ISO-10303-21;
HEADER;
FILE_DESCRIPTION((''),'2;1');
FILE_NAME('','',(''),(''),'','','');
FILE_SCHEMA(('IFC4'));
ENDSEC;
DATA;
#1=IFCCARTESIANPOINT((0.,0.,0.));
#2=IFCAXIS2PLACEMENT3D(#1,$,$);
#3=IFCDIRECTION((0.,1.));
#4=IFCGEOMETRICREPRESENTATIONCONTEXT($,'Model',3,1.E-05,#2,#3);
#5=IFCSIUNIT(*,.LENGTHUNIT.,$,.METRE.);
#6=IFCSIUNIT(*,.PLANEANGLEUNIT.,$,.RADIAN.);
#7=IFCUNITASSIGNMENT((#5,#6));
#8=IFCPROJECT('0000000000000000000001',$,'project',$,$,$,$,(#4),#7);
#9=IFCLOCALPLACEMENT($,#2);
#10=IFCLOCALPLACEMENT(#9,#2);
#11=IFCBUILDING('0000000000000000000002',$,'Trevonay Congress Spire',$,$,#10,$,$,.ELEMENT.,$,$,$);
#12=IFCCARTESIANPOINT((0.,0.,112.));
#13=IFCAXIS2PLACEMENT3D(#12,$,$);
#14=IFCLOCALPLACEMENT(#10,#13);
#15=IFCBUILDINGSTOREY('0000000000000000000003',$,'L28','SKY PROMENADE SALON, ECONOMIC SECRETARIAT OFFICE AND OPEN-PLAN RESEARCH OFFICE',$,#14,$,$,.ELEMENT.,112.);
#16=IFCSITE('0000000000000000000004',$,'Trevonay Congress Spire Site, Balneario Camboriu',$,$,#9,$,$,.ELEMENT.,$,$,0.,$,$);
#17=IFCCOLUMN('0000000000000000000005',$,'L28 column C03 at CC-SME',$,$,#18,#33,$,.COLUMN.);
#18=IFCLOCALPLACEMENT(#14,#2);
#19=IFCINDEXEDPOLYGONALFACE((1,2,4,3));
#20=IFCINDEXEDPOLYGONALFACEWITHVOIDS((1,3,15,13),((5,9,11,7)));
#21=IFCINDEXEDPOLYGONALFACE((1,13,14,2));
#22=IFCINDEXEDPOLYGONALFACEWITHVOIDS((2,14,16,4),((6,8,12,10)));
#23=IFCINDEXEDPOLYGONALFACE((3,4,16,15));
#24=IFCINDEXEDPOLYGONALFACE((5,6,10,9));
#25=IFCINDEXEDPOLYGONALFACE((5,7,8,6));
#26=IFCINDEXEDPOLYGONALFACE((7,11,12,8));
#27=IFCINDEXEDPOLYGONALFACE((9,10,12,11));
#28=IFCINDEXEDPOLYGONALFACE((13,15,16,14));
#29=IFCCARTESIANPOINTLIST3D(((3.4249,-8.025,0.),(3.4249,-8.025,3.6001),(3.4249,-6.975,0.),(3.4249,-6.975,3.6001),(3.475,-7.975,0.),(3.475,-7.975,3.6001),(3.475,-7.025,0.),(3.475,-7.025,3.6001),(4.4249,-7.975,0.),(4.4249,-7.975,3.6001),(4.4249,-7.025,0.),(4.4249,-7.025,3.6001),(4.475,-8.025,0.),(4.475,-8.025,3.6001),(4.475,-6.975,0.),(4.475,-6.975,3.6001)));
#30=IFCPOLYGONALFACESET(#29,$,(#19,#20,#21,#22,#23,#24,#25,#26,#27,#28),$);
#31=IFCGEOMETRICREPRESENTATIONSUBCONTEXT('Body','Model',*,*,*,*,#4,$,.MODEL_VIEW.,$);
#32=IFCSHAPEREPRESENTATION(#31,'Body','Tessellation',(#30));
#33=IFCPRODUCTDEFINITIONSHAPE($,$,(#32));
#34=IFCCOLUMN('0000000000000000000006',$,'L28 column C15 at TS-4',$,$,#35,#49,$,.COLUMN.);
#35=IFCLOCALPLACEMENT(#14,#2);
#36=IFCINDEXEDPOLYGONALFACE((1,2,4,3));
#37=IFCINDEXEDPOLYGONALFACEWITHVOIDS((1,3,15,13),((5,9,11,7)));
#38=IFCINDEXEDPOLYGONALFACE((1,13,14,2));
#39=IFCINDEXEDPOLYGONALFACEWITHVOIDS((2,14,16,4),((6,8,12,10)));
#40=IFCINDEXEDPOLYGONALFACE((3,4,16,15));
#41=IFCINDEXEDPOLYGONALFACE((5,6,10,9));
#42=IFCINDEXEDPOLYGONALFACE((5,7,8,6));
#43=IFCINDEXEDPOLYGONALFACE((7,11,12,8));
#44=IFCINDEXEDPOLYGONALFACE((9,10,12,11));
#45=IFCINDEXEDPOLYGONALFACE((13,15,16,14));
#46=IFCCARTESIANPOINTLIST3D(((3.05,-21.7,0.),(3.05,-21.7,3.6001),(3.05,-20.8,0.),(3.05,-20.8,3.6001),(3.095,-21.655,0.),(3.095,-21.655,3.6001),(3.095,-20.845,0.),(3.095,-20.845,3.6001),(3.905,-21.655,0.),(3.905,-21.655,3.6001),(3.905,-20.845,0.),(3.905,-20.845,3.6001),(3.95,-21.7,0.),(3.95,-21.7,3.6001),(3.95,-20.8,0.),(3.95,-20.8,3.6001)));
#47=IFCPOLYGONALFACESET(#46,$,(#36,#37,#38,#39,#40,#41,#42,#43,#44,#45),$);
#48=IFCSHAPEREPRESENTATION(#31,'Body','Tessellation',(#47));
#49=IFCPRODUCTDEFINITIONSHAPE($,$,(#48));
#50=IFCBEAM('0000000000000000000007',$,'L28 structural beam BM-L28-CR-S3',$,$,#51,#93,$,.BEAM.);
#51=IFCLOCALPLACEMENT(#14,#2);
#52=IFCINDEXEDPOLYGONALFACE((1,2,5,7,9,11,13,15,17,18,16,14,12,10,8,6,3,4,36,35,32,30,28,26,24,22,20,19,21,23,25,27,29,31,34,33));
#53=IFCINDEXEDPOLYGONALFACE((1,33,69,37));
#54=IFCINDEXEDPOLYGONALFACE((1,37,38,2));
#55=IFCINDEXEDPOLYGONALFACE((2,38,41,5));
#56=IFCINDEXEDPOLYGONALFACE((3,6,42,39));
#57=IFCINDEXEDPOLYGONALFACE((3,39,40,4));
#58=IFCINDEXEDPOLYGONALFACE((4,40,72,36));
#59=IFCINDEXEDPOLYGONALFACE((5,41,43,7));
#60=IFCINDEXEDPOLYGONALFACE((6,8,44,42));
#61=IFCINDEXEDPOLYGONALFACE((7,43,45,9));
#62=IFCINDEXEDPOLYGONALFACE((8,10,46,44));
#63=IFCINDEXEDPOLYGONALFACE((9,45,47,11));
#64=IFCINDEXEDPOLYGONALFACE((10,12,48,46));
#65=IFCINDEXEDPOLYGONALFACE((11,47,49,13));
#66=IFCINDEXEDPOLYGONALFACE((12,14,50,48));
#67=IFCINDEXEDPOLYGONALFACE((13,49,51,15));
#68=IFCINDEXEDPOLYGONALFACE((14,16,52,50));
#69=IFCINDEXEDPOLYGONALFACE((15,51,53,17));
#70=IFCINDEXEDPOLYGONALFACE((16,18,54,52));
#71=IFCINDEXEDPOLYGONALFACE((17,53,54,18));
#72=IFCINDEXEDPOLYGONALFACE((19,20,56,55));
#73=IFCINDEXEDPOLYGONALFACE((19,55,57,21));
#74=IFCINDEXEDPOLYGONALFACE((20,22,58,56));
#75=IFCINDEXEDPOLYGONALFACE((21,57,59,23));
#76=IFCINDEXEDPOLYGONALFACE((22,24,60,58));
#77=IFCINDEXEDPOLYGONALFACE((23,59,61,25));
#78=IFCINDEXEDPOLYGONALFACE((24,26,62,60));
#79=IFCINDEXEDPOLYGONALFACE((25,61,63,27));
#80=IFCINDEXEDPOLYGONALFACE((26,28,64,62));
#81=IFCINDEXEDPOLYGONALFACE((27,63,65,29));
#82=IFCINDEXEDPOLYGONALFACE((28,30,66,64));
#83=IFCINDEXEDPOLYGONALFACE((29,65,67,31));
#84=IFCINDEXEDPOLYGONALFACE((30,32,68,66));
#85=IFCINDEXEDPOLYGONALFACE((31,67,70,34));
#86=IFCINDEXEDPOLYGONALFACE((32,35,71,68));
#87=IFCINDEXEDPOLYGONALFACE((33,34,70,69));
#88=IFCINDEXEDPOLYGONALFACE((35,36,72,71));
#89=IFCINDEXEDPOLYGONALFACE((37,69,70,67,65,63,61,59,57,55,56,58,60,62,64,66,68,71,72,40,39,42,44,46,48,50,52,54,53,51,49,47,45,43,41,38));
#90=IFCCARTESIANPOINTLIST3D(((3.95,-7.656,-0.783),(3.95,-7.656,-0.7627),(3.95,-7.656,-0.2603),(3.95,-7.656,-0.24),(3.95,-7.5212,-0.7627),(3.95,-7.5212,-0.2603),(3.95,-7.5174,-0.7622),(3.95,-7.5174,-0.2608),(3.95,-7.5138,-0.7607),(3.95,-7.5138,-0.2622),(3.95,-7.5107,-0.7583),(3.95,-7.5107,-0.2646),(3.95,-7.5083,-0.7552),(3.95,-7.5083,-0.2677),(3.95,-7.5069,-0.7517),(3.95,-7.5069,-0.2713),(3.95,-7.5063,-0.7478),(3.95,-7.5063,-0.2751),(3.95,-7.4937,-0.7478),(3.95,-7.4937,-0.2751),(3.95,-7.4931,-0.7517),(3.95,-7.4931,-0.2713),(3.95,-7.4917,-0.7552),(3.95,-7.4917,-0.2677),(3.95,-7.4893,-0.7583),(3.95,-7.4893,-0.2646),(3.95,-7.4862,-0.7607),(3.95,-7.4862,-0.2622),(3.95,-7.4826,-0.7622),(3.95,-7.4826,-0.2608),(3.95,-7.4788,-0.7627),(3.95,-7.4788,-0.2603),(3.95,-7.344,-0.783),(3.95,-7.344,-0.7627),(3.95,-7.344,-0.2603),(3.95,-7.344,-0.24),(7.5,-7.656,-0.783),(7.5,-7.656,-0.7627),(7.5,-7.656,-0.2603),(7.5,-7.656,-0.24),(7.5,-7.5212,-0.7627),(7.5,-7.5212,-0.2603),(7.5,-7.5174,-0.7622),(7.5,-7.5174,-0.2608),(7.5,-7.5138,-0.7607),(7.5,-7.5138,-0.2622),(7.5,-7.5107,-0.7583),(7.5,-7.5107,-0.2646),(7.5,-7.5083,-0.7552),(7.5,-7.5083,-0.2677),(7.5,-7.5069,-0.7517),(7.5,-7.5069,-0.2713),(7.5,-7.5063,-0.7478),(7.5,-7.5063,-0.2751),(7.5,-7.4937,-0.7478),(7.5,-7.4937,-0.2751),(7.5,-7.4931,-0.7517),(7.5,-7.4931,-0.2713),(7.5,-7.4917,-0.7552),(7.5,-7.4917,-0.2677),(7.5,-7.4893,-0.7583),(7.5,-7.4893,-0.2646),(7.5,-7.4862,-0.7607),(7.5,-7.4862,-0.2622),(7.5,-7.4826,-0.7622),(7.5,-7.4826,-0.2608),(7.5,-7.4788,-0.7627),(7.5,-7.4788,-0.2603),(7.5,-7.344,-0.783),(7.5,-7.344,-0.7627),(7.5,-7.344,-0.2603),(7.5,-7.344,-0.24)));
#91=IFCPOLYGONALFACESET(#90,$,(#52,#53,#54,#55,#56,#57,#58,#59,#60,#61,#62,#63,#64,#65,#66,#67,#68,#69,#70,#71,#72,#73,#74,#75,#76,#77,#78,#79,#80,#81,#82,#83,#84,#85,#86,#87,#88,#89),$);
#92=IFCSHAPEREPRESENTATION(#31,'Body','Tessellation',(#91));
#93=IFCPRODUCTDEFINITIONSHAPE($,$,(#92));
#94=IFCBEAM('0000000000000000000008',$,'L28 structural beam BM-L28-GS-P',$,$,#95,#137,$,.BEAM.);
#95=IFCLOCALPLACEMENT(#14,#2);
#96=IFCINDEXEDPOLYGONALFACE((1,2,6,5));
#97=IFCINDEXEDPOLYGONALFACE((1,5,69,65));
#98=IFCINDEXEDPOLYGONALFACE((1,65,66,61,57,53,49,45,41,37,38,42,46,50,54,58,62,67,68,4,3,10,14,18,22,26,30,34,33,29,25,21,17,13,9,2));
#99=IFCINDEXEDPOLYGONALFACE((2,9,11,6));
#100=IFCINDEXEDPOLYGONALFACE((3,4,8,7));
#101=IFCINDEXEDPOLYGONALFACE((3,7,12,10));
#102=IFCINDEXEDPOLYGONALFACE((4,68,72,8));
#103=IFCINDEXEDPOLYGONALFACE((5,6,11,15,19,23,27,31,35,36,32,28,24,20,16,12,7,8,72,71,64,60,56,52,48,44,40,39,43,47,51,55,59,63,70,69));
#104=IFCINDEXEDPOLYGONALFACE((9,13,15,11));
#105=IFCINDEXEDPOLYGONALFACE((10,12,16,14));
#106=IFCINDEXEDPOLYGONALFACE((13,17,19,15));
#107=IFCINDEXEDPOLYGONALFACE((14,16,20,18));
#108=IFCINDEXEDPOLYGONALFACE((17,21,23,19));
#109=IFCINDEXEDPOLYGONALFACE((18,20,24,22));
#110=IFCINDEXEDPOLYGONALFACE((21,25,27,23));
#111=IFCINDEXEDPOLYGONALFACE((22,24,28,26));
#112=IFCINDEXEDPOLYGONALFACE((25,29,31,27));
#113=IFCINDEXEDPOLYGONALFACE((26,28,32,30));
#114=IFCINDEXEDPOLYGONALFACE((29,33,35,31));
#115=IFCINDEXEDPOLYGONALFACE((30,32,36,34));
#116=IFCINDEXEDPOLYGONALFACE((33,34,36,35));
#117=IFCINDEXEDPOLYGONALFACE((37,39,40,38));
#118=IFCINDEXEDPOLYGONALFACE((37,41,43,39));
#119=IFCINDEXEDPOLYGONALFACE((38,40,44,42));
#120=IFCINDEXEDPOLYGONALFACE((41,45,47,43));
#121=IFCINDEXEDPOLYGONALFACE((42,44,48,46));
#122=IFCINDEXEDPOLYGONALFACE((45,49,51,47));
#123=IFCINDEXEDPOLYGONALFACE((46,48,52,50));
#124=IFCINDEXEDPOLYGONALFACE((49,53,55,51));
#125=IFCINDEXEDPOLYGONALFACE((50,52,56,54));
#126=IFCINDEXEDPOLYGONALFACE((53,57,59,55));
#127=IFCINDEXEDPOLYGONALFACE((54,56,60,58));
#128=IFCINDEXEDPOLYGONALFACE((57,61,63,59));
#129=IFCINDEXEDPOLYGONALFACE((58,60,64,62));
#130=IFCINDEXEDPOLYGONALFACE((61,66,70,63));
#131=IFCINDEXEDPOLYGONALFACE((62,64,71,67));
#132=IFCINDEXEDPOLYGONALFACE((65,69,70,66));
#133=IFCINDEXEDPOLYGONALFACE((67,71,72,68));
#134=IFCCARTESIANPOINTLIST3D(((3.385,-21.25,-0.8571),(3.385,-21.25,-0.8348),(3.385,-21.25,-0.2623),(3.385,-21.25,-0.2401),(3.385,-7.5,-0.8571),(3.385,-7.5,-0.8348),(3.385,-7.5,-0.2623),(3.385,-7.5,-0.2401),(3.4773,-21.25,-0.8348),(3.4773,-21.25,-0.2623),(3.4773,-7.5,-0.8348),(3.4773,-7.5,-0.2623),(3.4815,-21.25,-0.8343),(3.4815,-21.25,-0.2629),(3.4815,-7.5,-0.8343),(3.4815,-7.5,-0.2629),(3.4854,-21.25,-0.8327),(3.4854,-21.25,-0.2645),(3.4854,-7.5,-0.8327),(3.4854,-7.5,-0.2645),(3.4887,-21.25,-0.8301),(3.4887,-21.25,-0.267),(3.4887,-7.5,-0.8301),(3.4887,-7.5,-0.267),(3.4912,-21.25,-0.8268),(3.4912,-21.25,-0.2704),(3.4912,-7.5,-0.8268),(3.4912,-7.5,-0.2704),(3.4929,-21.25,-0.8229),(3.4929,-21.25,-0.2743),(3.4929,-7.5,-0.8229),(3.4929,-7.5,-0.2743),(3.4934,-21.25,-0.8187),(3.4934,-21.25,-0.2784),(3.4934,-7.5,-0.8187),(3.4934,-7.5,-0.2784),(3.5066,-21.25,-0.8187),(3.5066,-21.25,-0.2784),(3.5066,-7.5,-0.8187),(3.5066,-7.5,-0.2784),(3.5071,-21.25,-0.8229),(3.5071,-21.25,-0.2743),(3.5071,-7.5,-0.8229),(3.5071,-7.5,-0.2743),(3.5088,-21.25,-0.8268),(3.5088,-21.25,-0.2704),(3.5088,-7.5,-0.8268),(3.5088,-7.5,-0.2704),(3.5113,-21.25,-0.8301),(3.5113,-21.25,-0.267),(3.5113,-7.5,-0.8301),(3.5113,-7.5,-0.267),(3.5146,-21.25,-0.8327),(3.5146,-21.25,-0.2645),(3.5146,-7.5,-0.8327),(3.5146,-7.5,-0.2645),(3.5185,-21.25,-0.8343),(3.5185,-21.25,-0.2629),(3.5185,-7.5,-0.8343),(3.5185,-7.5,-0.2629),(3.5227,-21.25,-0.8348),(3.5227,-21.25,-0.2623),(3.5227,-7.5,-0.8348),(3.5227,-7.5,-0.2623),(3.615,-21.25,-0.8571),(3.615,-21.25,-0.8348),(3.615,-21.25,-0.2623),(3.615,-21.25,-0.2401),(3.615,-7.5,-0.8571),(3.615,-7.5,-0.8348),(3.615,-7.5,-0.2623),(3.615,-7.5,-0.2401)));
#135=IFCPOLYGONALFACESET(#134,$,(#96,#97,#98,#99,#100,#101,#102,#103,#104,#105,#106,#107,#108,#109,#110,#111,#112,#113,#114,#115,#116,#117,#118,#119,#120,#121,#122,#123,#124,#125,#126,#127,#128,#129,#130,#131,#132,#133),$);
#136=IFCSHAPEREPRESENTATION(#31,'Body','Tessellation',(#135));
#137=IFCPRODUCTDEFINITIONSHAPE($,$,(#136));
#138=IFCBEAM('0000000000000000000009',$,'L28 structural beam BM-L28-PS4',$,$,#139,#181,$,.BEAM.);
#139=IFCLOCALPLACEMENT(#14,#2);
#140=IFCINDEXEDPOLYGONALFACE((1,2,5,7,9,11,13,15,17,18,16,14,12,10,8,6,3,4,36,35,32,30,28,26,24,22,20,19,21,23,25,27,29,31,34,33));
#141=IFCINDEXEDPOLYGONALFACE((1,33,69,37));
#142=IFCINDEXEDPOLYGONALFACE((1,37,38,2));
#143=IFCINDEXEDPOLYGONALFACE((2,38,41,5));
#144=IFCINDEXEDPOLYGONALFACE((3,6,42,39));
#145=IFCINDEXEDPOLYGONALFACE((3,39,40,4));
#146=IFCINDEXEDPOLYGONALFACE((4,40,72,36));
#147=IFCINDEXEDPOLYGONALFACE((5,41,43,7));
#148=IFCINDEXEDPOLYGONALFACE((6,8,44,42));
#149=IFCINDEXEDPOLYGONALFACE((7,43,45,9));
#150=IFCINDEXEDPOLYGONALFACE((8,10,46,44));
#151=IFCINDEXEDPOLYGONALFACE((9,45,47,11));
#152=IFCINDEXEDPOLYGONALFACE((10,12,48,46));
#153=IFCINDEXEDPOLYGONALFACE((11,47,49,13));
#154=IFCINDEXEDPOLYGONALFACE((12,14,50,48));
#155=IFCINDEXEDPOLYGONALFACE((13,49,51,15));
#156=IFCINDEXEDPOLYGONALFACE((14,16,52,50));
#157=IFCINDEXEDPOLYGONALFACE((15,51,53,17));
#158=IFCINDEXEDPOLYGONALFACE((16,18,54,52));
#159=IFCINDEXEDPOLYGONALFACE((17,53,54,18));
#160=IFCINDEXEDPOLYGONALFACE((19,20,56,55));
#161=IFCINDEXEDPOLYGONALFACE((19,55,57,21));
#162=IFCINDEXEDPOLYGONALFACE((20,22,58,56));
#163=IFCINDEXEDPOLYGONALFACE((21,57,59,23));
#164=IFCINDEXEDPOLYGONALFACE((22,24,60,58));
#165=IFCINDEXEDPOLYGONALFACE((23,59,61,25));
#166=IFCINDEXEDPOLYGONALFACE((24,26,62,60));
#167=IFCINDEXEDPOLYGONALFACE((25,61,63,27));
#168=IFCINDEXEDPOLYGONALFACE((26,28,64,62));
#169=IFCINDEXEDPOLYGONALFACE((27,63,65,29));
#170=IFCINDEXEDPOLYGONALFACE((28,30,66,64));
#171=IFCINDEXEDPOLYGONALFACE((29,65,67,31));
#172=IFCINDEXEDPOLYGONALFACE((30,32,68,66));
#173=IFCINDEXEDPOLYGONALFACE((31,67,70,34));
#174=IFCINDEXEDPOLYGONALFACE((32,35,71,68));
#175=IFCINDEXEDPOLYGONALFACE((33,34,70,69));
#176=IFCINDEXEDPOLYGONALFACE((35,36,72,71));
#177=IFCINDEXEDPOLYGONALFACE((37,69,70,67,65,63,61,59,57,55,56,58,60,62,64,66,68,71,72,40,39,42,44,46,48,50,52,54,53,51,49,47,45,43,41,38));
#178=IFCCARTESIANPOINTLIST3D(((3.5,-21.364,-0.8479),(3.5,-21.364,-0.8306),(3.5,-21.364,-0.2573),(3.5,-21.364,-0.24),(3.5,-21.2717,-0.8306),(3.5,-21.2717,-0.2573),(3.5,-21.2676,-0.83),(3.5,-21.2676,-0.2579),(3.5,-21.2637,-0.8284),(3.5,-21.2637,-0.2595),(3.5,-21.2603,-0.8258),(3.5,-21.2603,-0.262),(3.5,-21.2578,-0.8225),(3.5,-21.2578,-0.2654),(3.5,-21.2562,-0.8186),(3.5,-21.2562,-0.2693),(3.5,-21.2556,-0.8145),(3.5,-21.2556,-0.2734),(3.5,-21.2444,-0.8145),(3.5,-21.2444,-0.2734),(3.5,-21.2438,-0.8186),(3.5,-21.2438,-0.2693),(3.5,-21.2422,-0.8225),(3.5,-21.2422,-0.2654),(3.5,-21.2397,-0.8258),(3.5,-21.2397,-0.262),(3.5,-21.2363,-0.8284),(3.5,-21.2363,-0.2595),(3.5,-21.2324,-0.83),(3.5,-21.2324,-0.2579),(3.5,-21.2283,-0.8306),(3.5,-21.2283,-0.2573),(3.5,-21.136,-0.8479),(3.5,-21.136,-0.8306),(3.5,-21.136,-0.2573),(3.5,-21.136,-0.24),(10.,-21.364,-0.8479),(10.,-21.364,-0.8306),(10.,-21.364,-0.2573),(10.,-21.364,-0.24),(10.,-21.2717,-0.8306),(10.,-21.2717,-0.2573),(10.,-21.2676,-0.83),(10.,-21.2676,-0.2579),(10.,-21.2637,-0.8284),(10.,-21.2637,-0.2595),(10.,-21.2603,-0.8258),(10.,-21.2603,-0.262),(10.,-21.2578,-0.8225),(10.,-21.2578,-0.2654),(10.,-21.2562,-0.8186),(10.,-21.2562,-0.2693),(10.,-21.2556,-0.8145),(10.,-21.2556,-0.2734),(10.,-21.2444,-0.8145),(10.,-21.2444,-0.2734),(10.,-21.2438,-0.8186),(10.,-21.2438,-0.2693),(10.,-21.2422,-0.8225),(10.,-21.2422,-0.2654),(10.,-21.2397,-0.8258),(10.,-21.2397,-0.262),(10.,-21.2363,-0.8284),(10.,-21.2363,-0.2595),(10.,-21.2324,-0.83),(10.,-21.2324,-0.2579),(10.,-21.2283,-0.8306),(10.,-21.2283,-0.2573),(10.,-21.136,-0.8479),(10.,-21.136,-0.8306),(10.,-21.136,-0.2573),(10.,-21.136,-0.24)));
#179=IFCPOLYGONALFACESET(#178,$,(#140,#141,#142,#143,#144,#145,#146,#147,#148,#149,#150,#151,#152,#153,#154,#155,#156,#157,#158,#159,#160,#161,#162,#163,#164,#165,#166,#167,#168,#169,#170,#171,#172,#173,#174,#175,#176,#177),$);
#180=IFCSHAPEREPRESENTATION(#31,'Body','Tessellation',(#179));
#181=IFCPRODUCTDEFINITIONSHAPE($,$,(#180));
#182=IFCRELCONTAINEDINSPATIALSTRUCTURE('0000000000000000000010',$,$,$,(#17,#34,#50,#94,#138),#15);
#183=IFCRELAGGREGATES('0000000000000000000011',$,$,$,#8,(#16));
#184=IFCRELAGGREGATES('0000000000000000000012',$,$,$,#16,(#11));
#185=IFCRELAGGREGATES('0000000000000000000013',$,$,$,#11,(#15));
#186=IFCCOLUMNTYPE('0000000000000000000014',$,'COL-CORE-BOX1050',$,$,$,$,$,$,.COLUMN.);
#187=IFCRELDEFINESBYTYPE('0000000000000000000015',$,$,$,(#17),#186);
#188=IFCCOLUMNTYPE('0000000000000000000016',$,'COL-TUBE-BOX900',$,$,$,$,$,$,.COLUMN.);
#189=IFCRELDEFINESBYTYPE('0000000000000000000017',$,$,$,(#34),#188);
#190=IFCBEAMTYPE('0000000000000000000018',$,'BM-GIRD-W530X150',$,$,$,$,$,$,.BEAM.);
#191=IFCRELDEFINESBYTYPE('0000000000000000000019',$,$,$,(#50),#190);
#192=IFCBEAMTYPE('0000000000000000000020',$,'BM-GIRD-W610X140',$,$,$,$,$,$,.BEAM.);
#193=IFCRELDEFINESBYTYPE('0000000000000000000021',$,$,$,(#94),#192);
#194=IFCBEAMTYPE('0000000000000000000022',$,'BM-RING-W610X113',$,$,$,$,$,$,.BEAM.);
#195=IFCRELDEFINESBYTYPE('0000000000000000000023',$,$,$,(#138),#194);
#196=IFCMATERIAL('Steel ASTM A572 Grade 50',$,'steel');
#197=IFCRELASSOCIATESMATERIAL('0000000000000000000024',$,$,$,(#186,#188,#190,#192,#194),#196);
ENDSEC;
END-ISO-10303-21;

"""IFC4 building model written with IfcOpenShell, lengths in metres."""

from ifc_helpers import new_model, si_unit, direction, frame, origin, origin_2d, place, context, subcontext, project, spatial, hollow_rectangle, i_section, extrude, material, material_profile, profile_set, type_object, element, save


model = new_model("IFC4")

# Units and contexts
model_context = context("Model", 3, precision=1e-05, world=origin(), true_north=direction((0.0, 1.0)))
body_context = subcontext(model_context, "Body", "Model", "MODEL_VIEW")
ifc_project = project(units=[si_unit("LENGTHUNIT", "METRE"), si_unit("PLANEANGLEUNIT", "RADIAN")], contexts=[model_context])

# Site, building, storey
site_placement = place(None, origin())
site = spatial("IfcSite", under=ifc_project, at=site_placement, Name="Trevonay Congress Spire Site, Balneario Camboriu", CompositionType="ELEMENT", RefElevation=0.0)
building_placement = place(site_placement, origin())
building = spatial("IfcBuilding", under=site, at=building_placement, Name="Trevonay Congress Spire", CompositionType="ELEMENT")
storey_placement = place(building_placement, frame((0.0, 0.0, 112.0)))
storey = spatial("IfcBuildingStorey", under=building, at=storey_placement, Name="L28", Description="SKY PROMENADE SALON, ECONOMIC SECRETARIAT OFFICE AND OPEN-PLAN RESEARCH OFFICE", CompositionType="ELEMENT", Elevation=112.0)

# Columns
ifc_material_1 = material(Name="Steel ASTM A572 Grade 50", Category="steel")
ifc_material_profile_1 = material_profile(ifc_material_1, hollow_rectangle(XDim=1.05, YDim=1.05, WallThickness=0.05, at=origin_2d()), Name="BOX 1050x1050x50")
ifc_profile_set_1 = profile_set([ifc_material_profile_1], Name="Steel ASTM A572 Grade 50")
column_type_1 = type_object("IfcColumnType", Name="COL-CORE-BOX1050", PredefinedType="COLUMN", material=ifc_profile_set_1)
column_1_placement = place(storey_placement, frame((3.95, -7.5, 0.0), z_axis=(0.0, 0.0, 1.0), x_axis=(1.0, 0.0, 0.0)))
element("IfcColumn", 1, at=column_1_placement, inside=storey, type_object=column_type_1, Name="L28 column C03 at CC-SME", PredefinedType="COLUMN", context=body_context, shape_type="SweptSolid", body=[
    extrude(hollow_rectangle(XDim=1.05, YDim=1.05, WallThickness=0.05, at=origin_2d()), origin(), (0.0, 0.0, 1.0), 3.6001),
])
ifc_material_profile_2 = material_profile(ifc_material_1, hollow_rectangle(XDim=0.8999, YDim=0.8999, WallThickness=0.0449, at=origin_2d()), Name="BOX 900x900x45")
ifc_profile_set_2 = profile_set([ifc_material_profile_2], Name="Steel ASTM A572 Grade 50")
column_type_2 = type_object("IfcColumnType", Name="COL-TUBE-BOX900", PredefinedType="COLUMN", material=ifc_profile_set_2)
column_2_placement = place(storey_placement, frame((3.5, -21.25, 0.0), z_axis=(0.0, 0.0, 1.0), x_axis=(1.0, 0.0, 0.0)))
element("IfcColumn", 2, at=column_2_placement, inside=storey, type_object=column_type_2, Name="L28 column C15 at TS-4", PredefinedType="COLUMN", context=body_context, shape_type="SweptSolid", body=[
    extrude(hollow_rectangle(XDim=0.8999, YDim=0.8999, WallThickness=0.0449, at=origin_2d()), origin(), (0.0, 0.0, 1.0), 3.6001),
])

# Beams
ifc_material_profile_3 = material_profile(ifc_material_1, i_section(OverallWidth=0.312, OverallDepth=0.543, WebThickness=0.0127, FlangeThickness=0.0203, FilletRadius=0.0149, at=origin_2d()), Name="W530x150")
ifc_profile_set_3 = profile_set([ifc_material_profile_3], Name="Steel ASTM A572 Grade 50")
beam_type_1 = type_object("IfcBeamType", Name="BM-GIRD-W530X150", PredefinedType="BEAM", material=ifc_profile_set_3)
beam_1_placement = place(storey_placement, frame((3.95, -7.5, -0.5115), z_axis=(1.0, 0.0, 0.0), x_axis=(0.0, 1.0, 0.0)))
element("IfcBeam", 3, at=beam_1_placement, inside=storey, type_object=beam_type_1, Name="L28 structural beam BM-L28-CR-S3", PredefinedType="BEAM", context=body_context, shape_type="SweptSolid", body=[
    extrude(i_section(OverallWidth=0.312, OverallDepth=0.543, WebThickness=0.0127, FlangeThickness=0.0203, FilletRadius=0.0149, at=origin_2d()), origin(), (0.0, 0.0, 1.0), 3.55),
])
ifc_material_profile_4 = material_profile(ifc_material_1, i_section(OverallWidth=0.23, OverallDepth=0.6169, WebThickness=0.0132, FlangeThickness=0.0222, FilletRadius=0.0161, at=origin_2d()), Name="W610x140")
ifc_profile_set_4 = profile_set([ifc_material_profile_4], Name="Steel ASTM A572 Grade 50")
beam_type_2 = type_object("IfcBeamType", Name="BM-GIRD-W610X140", PredefinedType="BEAM", material=ifc_profile_set_4)
beam_2_placement = place(storey_placement, frame((3.5, -7.5, -0.5486), z_axis=(0.0, -1.0, 0.0), x_axis=(1.0, 0.0, 0.0)))
element("IfcBeam", 4, at=beam_2_placement, inside=storey, type_object=beam_type_2, Name="L28 structural beam BM-L28-GS-P", PredefinedType="BEAM", context=body_context, shape_type="SweptSolid", body=[
    extrude(i_section(OverallWidth=0.23, OverallDepth=0.6169, WebThickness=0.0132, FlangeThickness=0.0222, FilletRadius=0.0161, at=origin_2d()), origin(), (0.0, 0.0, 1.0), 13.75),
])
ifc_material_profile_5 = material_profile(ifc_material_1, i_section(OverallWidth=0.228, OverallDepth=0.6079, WebThickness=0.0112, FlangeThickness=0.0173, FilletRadius=0.0161, at=origin_2d()), Name="W610x113")
ifc_profile_set_5 = profile_set([ifc_material_profile_5], Name="Steel ASTM A572 Grade 50")
beam_type_3 = type_object("IfcBeamType", Name="BM-RING-W610X113", PredefinedType="BEAM", material=ifc_profile_set_5)
beam_3_placement = place(storey_placement, frame((3.5, -21.25, -0.5439), z_axis=(1.0, 0.0, 0.0), x_axis=(0.0, 1.0, 0.0)))
element("IfcBeam", 5, at=beam_3_placement, inside=storey, type_object=beam_type_3, Name="L28 structural beam BM-L28-PS4", PredefinedType="BEAM", context=body_context, shape_type="SweptSolid", body=[
    extrude(i_section(OverallWidth=0.228, OverallDepth=0.6079, WebThickness=0.0112, FlangeThickness=0.0173, FilletRadius=0.0161, at=origin_2d()), origin(), (0.0, 0.0, 1.0), 6.5),
])

save(model, "model.ifc")
